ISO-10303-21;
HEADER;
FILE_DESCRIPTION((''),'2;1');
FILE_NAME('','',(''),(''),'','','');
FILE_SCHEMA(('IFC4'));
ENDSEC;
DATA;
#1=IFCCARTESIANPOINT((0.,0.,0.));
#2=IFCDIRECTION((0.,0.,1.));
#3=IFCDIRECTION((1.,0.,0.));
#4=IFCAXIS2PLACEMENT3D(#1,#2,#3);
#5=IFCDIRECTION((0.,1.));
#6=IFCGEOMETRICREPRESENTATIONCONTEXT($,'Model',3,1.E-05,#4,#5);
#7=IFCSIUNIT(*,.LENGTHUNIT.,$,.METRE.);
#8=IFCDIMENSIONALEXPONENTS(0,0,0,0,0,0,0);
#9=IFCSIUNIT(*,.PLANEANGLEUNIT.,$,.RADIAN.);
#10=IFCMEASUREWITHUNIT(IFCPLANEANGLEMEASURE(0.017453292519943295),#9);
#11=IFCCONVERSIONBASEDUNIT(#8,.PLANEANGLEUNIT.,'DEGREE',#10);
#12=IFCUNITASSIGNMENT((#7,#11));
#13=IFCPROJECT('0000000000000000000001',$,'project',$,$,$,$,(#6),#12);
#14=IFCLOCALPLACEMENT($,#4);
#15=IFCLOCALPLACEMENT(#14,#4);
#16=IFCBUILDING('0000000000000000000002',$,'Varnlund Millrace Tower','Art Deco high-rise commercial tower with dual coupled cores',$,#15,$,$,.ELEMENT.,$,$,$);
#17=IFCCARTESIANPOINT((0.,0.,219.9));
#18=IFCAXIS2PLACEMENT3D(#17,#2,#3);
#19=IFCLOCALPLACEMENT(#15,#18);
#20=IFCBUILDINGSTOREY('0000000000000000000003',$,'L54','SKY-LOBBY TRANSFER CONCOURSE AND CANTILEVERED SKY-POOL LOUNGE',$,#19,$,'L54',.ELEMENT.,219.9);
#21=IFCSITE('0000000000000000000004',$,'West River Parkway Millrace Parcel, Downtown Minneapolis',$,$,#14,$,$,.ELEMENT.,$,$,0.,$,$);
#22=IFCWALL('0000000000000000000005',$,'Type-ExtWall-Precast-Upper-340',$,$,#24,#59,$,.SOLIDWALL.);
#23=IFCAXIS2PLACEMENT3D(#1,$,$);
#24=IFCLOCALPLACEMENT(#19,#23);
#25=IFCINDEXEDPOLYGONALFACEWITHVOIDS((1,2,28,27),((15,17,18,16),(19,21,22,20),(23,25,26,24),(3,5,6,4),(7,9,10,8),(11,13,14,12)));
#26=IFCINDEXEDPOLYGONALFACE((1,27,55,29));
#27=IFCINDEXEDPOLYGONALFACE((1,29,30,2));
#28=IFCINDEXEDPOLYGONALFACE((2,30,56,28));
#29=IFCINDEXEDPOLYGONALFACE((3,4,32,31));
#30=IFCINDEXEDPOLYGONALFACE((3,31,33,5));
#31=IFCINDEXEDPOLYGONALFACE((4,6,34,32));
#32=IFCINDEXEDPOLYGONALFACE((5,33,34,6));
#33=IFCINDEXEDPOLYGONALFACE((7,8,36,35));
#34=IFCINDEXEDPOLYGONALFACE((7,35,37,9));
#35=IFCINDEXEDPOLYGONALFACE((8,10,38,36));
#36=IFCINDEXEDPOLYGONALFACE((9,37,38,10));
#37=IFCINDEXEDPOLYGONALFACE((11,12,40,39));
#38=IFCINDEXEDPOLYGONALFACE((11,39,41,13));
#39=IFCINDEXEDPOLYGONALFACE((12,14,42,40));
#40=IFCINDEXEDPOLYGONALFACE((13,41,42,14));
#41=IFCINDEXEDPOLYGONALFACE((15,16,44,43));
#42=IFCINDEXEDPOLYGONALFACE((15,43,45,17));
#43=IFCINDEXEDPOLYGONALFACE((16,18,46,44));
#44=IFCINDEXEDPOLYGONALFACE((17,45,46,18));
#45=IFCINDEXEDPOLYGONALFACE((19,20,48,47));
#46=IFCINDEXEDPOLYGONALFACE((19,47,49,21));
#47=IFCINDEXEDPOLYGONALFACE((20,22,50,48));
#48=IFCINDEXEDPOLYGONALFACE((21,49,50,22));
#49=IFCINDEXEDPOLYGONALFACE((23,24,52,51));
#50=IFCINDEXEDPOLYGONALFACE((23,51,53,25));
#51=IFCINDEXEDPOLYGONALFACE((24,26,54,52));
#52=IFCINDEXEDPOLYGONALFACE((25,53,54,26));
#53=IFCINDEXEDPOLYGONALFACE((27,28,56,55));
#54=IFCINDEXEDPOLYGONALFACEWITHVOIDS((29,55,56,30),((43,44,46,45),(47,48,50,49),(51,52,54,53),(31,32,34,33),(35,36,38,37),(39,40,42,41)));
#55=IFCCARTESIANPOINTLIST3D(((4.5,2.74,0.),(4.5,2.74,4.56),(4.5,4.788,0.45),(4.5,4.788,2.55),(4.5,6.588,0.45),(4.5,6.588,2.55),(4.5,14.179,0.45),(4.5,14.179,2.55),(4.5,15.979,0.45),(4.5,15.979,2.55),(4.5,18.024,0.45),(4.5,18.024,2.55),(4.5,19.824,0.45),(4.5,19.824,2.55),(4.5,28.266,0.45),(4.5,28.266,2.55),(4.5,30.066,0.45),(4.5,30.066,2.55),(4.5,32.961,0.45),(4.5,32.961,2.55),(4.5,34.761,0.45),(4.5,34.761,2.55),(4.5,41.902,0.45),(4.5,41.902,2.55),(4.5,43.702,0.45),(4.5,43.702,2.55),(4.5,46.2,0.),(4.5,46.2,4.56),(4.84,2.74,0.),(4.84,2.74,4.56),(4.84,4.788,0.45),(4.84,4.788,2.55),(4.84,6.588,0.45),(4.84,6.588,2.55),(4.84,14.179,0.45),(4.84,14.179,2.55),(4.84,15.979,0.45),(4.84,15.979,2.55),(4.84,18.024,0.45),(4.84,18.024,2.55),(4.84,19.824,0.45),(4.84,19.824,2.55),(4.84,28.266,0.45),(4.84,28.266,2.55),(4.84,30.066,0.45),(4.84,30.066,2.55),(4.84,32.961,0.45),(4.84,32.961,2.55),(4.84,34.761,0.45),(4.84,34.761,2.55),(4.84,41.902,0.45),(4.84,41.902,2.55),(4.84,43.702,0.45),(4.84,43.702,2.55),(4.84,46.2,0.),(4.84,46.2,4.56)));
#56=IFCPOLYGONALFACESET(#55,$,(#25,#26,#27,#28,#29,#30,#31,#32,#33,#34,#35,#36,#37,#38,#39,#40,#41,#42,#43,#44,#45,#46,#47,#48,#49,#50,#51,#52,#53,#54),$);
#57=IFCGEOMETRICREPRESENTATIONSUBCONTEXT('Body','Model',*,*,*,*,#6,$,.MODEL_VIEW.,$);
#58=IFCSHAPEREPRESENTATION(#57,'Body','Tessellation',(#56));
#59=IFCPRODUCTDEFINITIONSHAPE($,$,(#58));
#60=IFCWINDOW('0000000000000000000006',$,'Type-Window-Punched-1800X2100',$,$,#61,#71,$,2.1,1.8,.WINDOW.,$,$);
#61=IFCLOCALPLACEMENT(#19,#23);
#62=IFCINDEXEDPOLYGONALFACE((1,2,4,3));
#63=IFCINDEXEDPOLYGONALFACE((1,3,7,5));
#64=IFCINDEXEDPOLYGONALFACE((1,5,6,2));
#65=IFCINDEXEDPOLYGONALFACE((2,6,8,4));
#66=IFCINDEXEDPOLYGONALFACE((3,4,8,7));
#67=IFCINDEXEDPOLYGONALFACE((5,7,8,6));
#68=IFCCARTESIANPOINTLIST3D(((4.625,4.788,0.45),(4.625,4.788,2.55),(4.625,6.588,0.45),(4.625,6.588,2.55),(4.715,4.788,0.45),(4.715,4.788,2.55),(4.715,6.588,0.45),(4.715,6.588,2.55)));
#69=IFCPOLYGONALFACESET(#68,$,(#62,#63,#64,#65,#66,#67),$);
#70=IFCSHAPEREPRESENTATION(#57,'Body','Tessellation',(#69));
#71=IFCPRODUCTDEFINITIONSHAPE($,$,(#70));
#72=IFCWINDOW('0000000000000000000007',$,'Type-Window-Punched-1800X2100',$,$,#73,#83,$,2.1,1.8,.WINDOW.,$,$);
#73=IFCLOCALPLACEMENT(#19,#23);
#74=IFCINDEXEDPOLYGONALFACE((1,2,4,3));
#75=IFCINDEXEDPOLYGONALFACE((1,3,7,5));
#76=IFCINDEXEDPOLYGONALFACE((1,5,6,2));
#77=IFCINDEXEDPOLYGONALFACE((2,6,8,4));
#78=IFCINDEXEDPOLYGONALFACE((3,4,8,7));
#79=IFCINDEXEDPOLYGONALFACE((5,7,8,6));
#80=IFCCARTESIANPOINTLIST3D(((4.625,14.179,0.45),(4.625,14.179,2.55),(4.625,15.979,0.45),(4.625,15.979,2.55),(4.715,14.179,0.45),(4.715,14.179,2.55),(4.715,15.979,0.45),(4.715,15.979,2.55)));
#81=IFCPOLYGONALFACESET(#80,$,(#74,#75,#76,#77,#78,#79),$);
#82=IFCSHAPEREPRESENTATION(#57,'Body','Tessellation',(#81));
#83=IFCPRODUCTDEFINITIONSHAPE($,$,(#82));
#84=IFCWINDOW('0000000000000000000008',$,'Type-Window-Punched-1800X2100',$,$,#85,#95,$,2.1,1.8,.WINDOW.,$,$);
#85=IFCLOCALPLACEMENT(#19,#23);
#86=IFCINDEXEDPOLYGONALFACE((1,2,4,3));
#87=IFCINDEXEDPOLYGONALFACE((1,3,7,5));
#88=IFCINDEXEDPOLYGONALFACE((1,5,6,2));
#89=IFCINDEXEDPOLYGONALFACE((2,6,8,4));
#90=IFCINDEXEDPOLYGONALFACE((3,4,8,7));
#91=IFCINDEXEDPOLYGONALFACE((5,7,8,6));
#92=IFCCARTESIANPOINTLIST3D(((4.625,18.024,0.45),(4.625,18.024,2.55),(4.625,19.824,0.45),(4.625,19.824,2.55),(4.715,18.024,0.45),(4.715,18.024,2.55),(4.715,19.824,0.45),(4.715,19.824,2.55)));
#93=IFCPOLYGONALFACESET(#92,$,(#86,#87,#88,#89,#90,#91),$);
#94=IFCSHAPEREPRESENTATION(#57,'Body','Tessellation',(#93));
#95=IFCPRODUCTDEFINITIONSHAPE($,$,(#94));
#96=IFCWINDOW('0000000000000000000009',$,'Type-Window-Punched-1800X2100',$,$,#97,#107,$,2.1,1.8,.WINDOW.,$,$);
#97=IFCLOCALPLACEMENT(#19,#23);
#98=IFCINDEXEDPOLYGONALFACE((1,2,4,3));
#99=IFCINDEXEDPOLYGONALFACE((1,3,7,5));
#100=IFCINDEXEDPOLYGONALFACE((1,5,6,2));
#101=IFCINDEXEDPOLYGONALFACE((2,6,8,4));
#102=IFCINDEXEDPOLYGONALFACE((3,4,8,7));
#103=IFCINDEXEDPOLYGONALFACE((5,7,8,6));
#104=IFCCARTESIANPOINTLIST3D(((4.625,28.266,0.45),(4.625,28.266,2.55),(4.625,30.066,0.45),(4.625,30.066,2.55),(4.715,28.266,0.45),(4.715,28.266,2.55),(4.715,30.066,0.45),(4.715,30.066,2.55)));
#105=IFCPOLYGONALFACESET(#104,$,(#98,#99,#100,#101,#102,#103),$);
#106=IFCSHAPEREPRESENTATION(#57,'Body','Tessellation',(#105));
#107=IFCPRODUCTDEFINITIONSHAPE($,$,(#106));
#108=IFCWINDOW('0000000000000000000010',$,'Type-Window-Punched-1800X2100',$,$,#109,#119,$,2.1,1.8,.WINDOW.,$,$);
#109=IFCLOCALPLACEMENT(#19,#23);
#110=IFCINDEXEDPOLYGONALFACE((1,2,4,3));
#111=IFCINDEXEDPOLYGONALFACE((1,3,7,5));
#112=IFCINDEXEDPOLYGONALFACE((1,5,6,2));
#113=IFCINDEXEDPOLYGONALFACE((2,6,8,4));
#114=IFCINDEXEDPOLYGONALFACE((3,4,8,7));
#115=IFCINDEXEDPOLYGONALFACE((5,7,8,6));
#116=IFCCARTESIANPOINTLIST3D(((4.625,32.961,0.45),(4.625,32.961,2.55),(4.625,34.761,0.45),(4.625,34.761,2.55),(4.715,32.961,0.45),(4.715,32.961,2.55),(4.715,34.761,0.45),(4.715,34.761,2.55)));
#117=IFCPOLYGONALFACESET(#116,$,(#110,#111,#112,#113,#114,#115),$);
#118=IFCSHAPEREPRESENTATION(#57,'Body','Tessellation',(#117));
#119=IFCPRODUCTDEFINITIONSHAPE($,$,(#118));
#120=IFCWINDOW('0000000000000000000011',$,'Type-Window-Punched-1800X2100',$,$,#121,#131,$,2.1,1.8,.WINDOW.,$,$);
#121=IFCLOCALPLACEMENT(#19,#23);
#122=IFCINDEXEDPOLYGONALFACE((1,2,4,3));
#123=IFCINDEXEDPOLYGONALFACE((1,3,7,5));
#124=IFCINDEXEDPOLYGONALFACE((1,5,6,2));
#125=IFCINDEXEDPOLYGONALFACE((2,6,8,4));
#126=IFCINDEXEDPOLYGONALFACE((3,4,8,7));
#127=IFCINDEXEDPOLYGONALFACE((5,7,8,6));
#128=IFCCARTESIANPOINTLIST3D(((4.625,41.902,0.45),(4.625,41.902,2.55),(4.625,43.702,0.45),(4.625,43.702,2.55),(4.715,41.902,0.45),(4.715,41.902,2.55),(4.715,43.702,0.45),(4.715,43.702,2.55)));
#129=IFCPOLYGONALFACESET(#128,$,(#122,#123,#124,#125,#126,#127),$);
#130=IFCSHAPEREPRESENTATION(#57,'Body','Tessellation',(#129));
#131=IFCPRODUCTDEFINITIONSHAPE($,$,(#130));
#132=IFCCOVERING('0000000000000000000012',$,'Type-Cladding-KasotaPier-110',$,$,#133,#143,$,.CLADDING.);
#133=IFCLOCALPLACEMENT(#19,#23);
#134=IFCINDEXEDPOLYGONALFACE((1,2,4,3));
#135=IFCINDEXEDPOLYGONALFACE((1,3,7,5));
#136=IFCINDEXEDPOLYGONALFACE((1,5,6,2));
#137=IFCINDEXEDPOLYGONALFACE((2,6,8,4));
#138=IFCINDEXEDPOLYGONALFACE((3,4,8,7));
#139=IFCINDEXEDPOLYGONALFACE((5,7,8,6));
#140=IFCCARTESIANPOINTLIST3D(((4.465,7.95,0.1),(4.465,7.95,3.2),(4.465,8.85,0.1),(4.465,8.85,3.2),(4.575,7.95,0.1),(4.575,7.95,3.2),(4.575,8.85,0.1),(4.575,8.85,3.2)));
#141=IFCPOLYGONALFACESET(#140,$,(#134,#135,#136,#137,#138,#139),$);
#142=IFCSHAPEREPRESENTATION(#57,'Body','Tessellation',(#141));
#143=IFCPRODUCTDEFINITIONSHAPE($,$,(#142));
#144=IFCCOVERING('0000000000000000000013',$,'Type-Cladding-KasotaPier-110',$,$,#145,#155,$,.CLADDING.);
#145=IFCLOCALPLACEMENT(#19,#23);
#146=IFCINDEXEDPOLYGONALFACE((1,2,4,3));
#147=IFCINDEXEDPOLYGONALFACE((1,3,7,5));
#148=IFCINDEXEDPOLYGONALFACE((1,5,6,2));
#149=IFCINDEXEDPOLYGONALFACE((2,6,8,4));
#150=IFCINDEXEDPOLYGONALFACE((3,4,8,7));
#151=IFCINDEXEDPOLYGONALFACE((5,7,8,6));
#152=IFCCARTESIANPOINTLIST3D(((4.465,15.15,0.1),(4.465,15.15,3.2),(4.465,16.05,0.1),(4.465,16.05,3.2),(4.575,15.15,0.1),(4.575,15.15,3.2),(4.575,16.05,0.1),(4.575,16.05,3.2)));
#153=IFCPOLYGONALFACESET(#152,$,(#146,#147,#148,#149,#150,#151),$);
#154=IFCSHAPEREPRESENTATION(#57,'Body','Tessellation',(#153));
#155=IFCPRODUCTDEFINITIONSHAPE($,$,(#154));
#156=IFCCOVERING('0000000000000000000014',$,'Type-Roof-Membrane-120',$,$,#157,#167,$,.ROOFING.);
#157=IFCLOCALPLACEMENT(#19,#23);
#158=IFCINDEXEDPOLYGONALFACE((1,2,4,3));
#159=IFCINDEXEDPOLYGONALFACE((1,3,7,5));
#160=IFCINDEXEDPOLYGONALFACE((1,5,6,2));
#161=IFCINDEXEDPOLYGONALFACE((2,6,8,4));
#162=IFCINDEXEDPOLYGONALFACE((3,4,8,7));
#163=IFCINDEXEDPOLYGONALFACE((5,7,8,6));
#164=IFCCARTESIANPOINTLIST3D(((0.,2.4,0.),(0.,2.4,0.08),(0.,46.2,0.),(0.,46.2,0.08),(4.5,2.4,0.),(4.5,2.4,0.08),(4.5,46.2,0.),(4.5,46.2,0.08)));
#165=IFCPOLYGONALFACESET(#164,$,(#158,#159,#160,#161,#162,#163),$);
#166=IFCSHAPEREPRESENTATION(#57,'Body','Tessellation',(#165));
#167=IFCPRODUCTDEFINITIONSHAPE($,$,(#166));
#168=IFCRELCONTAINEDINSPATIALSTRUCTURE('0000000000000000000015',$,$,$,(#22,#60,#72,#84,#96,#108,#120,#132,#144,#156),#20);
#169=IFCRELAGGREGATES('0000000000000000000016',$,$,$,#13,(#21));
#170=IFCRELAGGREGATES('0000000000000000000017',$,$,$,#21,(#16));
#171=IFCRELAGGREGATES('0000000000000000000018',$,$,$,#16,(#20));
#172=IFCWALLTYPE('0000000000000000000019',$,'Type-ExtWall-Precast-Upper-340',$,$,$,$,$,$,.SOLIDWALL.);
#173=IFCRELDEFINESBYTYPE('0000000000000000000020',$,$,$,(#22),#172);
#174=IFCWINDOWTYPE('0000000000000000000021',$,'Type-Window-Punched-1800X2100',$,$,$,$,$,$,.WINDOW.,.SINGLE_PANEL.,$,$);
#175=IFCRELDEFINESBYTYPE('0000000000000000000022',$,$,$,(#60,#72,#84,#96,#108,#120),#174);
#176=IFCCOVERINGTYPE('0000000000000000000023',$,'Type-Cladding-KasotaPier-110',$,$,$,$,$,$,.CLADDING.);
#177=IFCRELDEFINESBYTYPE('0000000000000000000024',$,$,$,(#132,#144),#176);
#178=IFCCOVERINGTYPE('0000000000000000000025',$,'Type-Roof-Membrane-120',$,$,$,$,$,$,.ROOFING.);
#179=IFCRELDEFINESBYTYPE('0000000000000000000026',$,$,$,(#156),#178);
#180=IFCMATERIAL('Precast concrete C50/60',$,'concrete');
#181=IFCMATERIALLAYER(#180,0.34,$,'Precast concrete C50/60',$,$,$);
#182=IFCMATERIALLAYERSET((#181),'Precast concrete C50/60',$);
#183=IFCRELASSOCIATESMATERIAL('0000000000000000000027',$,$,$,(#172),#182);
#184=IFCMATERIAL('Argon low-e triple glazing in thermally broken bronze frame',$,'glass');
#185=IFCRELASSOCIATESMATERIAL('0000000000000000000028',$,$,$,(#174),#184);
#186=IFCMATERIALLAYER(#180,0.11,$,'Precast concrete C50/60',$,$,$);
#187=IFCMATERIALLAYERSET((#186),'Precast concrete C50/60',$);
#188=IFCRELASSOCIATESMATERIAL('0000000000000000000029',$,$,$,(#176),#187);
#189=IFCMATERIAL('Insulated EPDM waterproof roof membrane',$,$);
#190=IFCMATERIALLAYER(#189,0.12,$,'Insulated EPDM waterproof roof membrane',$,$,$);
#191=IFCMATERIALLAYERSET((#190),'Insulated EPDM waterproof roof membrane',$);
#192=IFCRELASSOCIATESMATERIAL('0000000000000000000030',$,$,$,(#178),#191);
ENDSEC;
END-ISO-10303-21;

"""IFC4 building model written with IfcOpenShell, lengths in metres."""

from ifc_helpers import new_model, entity, si_unit, converted_unit, direction, frame, origin_with_axes, origin_2d_with_axis, place, context, subcontext, project, spatial, polyline, rectangle, outline, extrude, material, layer, layer_set, type_object, element, fill, save


model = new_model("IFC4")

# Units and contexts
model_context = context("Model", 3, precision=1e-05, world=origin_with_axes(), true_north=direction((0.0, 1.0)))
body_context = subcontext(model_context, "Body", "Model", "MODEL_VIEW")
ifc_project = project(units=[si_unit("LENGTHUNIT", "METRE"), converted_unit("PLANEANGLEUNIT", "DEGREE", entity("IfcPlaneAngleMeasure", 0.017453292519943295), si_unit("PLANEANGLEUNIT", "RADIAN"), dimensions=[0, 0, 0, 0, 0, 0, 0])], contexts=[model_context])

# Site, building, storey
site_placement = place(None, origin_with_axes())
site = spatial("IfcSite", under=ifc_project, at=site_placement, Name="West River Parkway Millrace Parcel, Downtown Minneapolis", CompositionType="ELEMENT", RefElevation=0.0)
building_placement = place(site_placement, origin_with_axes())
building = spatial("IfcBuilding", under=site, at=building_placement, Name="Varnlund Millrace Tower", Description="Art Deco high-rise commercial tower with dual coupled cores", CompositionType="ELEMENT")
storey_placement = place(building_placement, frame((0.0, 0.0, 219.9), z_axis=(0.0, 0.0, 1.0), x_axis=(1.0, 0.0, 0.0)))
storey = spatial("IfcBuildingStorey", under=building, at=storey_placement, Name="L54", Description="SKY-LOBBY TRANSFER CONCOURSE AND CANTILEVERED SKY-POOL LOUNGE", LongName="L54", CompositionType="ELEMENT", Elevation=219.9)

# Wall, openings, windows
ifc_material_1 = material(Name="Precast concrete C50/60", Category="concrete")
ifc_layer_1 = layer(ifc_material_1, 0.34, Name="Precast concrete C50/60")
ifc_layer_set_1 = layer_set([ifc_layer_1], Name="Precast concrete C50/60")
wall_type = type_object("IfcWallType", Name="Type-ExtWall-Precast-Upper-340", PredefinedType="SOLIDWALL", material=ifc_layer_set_1)
wall_placement = place(storey_placement, frame((4.67, 2.74, 0.0), z_axis=(0.0, 0.0, 1.0), x_axis=(0.0, 1.0, 0.0)))
wall = element("IfcWall", 1, at=wall_placement, inside=storey, type_object=wall_type, Name="Type-ExtWall-Precast-Upper-340", PredefinedType="SOLIDWALL", context=body_context, shape_type="SweptSolid", body=[
    extrude(outline(polyline([(0.0, -0.17), (43.46, -0.17), (43.46, 0.17), (0.0, 0.17), (0.0, -0.17)])), origin_with_axes(), (0.0, 0.0, 1.0), 4.56),
])
opening_1_placement = place(wall_placement, frame((2.948, 0.0, 0.45), z_axis=(0.0, 0.0, 1.0), x_axis=(1.0, 0.0, 0.0)))
opening_1 = element("IfcOpeningElement", 2, at=opening_1_placement, cuts=wall, PredefinedType="OPENING", context=body_context, shape_type="SweptSolid", body=[
    extrude(rectangle(XDim=1.8, YDim=0.36, at=origin_2d_with_axis()), origin_with_axes(), (0.0, 0.0, 1.0), 2.1),
])
opening_2_placement = place(wall_placement, frame((12.339, 0.0, 0.45), z_axis=(0.0, 0.0, 1.0), x_axis=(1.0, 0.0, 0.0)))
opening_2 = element("IfcOpeningElement", 3, at=opening_2_placement, cuts=wall, PredefinedType="OPENING", context=body_context, shape_type="SweptSolid", body=[
    extrude(rectangle(XDim=1.8, YDim=0.36, at=origin_2d_with_axis()), origin_with_axes(), (0.0, 0.0, 1.0), 2.1),
])
opening_3_placement = place(wall_placement, frame((16.184, 0.0, 0.45), z_axis=(0.0, 0.0, 1.0), x_axis=(1.0, 0.0, 0.0)))
opening_3 = element("IfcOpeningElement", 4, at=opening_3_placement, cuts=wall, PredefinedType="OPENING", context=body_context, shape_type="SweptSolid", body=[
    extrude(rectangle(XDim=1.8, YDim=0.36, at=origin_2d_with_axis()), origin_with_axes(), (0.0, 0.0, 1.0), 2.1),
])
opening_4_placement = place(wall_placement, frame((26.426, 0.0, 0.45), z_axis=(0.0, 0.0, 1.0), x_axis=(1.0, 0.0, 0.0)))
opening_4 = element("IfcOpeningElement", 5, at=opening_4_placement, cuts=wall, PredefinedType="OPENING", context=body_context, shape_type="SweptSolid", body=[
    extrude(rectangle(XDim=1.8, YDim=0.36, at=origin_2d_with_axis()), origin_with_axes(), (0.0, 0.0, 1.0), 2.1),
])
opening_5_placement = place(wall_placement, frame((31.121, 0.0, 0.45), z_axis=(0.0, 0.0, 1.0), x_axis=(1.0, 0.0, 0.0)))
opening_5 = element("IfcOpeningElement", 6, at=opening_5_placement, cuts=wall, PredefinedType="OPENING", context=body_context, shape_type="SweptSolid", body=[
    extrude(rectangle(XDim=1.8, YDim=0.36, at=origin_2d_with_axis()), origin_with_axes(), (0.0, 0.0, 1.0), 2.1),
])
opening_6_placement = place(wall_placement, frame((40.062, 0.0, 0.45), z_axis=(0.0, 0.0, 1.0), x_axis=(1.0, 0.0, 0.0)))
opening_6 = element("IfcOpeningElement", 7, at=opening_6_placement, cuts=wall, PredefinedType="OPENING", context=body_context, shape_type="SweptSolid", body=[
    extrude(rectangle(XDim=1.8, YDim=0.36, at=origin_2d_with_axis()), origin_with_axes(), (0.0, 0.0, 1.0), 2.1),
])
ifc_material_2 = material(Name="Argon low-e triple glazing in thermally broken bronze frame", Category="glass")
window_type = type_object("IfcWindowType", Name="Type-Window-Punched-1800X2100", PartitioningType="SINGLE_PANEL", PredefinedType="WINDOW", material=ifc_material_2)
window_1_placement = place(wall_placement, frame((2.948, 0.0, 0.45), z_axis=(0.0, 0.0, 1.0), x_axis=(1.0, 0.0, 0.0)))
window_1 = element("IfcWindow", 8, at=window_1_placement, inside=storey, type_object=window_type, Name="Type-Window-Punched-1800X2100", OverallHeight=2.1, OverallWidth=1.8, PredefinedType="WINDOW", context=body_context, shape_type="SweptSolid", body=[
    extrude(rectangle(XDim=1.8, YDim=0.09, at=origin_2d_with_axis()), origin_with_axes(), (0.0, 0.0, 1.0), 2.1),
])
fill(opening_1, window_1)
window_2_placement = place(wall_placement, frame((12.339, 0.0, 0.45), z_axis=(0.0, 0.0, 1.0), x_axis=(1.0, 0.0, 0.0)))
window_2 = element("IfcWindow", 9, at=window_2_placement, inside=storey, type_object=window_type, Name="Type-Window-Punched-1800X2100", OverallHeight=2.1, OverallWidth=1.8, PredefinedType="WINDOW", context=body_context, shape_type="SweptSolid", body=[
    extrude(rectangle(XDim=1.8, YDim=0.09, at=origin_2d_with_axis()), origin_with_axes(), (0.0, 0.0, 1.0), 2.1),
])
fill(opening_2, window_2)
window_3_placement = place(wall_placement, frame((16.184, 0.0, 0.45), z_axis=(0.0, 0.0, 1.0), x_axis=(1.0, 0.0, 0.0)))
window_3 = element("IfcWindow", 10, at=window_3_placement, inside=storey, type_object=window_type, Name="Type-Window-Punched-1800X2100", OverallHeight=2.1, OverallWidth=1.8, PredefinedType="WINDOW", context=body_context, shape_type="SweptSolid", body=[
    extrude(rectangle(XDim=1.8, YDim=0.09, at=origin_2d_with_axis()), origin_with_axes(), (0.0, 0.0, 1.0), 2.1),
])
fill(opening_3, window_3)
window_4_placement = place(wall_placement, frame((26.426, 0.0, 0.45), z_axis=(0.0, 0.0, 1.0), x_axis=(1.0, 0.0, 0.0)))
window_4 = element("IfcWindow", 11, at=window_4_placement, inside=storey, type_object=window_type, Name="Type-Window-Punched-1800X2100", OverallHeight=2.1, OverallWidth=1.8, PredefinedType="WINDOW", context=body_context, shape_type="SweptSolid", body=[
    extrude(rectangle(XDim=1.8, YDim=0.09, at=origin_2d_with_axis()), origin_with_axes(), (0.0, 0.0, 1.0), 2.1),
])
fill(opening_4, window_4)
window_5_placement = place(wall_placement, frame((31.121, 0.0, 0.45), z_axis=(0.0, 0.0, 1.0), x_axis=(1.0, 0.0, 0.0)))
window_5 = element("IfcWindow", 12, at=window_5_placement, inside=storey, type_object=window_type, Name="Type-Window-Punched-1800X2100", OverallHeight=2.1, OverallWidth=1.8, PredefinedType="WINDOW", context=body_context, shape_type="SweptSolid", body=[
    extrude(rectangle(XDim=1.8, YDim=0.09, at=origin_2d_with_axis()), origin_with_axes(), (0.0, 0.0, 1.0), 2.1),
])
fill(opening_5, window_5)
window_6_placement = place(wall_placement, frame((40.062, 0.0, 0.45), z_axis=(0.0, 0.0, 1.0), x_axis=(1.0, 0.0, 0.0)))
window_6 = element("IfcWindow", 13, at=window_6_placement, inside=storey, type_object=window_type, Name="Type-Window-Punched-1800X2100", OverallHeight=2.1, OverallWidth=1.8, PredefinedType="WINDOW", context=body_context, shape_type="SweptSolid", body=[
    extrude(rectangle(XDim=1.8, YDim=0.09, at=origin_2d_with_axis()), origin_with_axes(), (0.0, 0.0, 1.0), 2.1),
])
fill(opening_6, window_6)

# Coverings
ifc_layer_2 = layer(ifc_material_1, 0.11, Name="Precast concrete C50/60")
ifc_layer_set_2 = layer_set([ifc_layer_2], Name="Precast concrete C50/60")
covering_type_1 = type_object("IfcCoveringType", Name="Type-Cladding-KasotaPier-110", PredefinedType="CLADDING", material=ifc_layer_set_2)
for number, where, z_axis, x_axis, name in (
    (14, (4.52, 8.4, 0.1), (0.0, 0.0, 1.0), (1.0, 0.0, 0.0), "Type-Cladding-KasotaPier-110"),
    (15, (4.52, 15.6, 0.1), (0.0, 0.0, 1.0), (1.0, 0.0, 0.0), "Type-Cladding-KasotaPier-110"),
):
    element("IfcCovering", number, at=place(storey_placement, frame(where, z_axis=z_axis, x_axis=x_axis)), inside=storey, type_object=covering_type_1, Name=name, PredefinedType="CLADDING", context=body_context, shape_type="SweptSolid", body=[
        extrude(rectangle(XDim=0.11, YDim=0.9, at=origin_2d_with_axis()), origin_with_axes(), (0.0, 0.0, 1.0), 3.1),
    ])
ifc_material_3 = material(Name="Insulated EPDM waterproof roof membrane")
ifc_layer_3 = layer(ifc_material_3, 0.12, Name="Insulated EPDM waterproof roof membrane")
ifc_layer_set_3 = layer_set([ifc_layer_3], Name="Insulated EPDM waterproof roof membrane")
covering_type_2 = type_object("IfcCoveringType", Name="Type-Roof-Membrane-120", PredefinedType="ROOFING", material=ifc_layer_set_3)
covering_placement = place(storey_placement, origin_with_axes())
element("IfcCovering", 16, at=covering_placement, inside=storey, type_object=covering_type_2, Name="Type-Roof-Membrane-120", PredefinedType="ROOFING", context=body_context, shape_type="SweptSolid", body=[
    extrude(outline(polyline([(4.5, 2.4), (4.5, 46.2), (0.0, 46.2), (0.0, 2.4), (4.5, 2.4)])), origin_with_axes(), (0.0, 0.0, 1.0), 0.08),
])

save(model, "model.ifc")
